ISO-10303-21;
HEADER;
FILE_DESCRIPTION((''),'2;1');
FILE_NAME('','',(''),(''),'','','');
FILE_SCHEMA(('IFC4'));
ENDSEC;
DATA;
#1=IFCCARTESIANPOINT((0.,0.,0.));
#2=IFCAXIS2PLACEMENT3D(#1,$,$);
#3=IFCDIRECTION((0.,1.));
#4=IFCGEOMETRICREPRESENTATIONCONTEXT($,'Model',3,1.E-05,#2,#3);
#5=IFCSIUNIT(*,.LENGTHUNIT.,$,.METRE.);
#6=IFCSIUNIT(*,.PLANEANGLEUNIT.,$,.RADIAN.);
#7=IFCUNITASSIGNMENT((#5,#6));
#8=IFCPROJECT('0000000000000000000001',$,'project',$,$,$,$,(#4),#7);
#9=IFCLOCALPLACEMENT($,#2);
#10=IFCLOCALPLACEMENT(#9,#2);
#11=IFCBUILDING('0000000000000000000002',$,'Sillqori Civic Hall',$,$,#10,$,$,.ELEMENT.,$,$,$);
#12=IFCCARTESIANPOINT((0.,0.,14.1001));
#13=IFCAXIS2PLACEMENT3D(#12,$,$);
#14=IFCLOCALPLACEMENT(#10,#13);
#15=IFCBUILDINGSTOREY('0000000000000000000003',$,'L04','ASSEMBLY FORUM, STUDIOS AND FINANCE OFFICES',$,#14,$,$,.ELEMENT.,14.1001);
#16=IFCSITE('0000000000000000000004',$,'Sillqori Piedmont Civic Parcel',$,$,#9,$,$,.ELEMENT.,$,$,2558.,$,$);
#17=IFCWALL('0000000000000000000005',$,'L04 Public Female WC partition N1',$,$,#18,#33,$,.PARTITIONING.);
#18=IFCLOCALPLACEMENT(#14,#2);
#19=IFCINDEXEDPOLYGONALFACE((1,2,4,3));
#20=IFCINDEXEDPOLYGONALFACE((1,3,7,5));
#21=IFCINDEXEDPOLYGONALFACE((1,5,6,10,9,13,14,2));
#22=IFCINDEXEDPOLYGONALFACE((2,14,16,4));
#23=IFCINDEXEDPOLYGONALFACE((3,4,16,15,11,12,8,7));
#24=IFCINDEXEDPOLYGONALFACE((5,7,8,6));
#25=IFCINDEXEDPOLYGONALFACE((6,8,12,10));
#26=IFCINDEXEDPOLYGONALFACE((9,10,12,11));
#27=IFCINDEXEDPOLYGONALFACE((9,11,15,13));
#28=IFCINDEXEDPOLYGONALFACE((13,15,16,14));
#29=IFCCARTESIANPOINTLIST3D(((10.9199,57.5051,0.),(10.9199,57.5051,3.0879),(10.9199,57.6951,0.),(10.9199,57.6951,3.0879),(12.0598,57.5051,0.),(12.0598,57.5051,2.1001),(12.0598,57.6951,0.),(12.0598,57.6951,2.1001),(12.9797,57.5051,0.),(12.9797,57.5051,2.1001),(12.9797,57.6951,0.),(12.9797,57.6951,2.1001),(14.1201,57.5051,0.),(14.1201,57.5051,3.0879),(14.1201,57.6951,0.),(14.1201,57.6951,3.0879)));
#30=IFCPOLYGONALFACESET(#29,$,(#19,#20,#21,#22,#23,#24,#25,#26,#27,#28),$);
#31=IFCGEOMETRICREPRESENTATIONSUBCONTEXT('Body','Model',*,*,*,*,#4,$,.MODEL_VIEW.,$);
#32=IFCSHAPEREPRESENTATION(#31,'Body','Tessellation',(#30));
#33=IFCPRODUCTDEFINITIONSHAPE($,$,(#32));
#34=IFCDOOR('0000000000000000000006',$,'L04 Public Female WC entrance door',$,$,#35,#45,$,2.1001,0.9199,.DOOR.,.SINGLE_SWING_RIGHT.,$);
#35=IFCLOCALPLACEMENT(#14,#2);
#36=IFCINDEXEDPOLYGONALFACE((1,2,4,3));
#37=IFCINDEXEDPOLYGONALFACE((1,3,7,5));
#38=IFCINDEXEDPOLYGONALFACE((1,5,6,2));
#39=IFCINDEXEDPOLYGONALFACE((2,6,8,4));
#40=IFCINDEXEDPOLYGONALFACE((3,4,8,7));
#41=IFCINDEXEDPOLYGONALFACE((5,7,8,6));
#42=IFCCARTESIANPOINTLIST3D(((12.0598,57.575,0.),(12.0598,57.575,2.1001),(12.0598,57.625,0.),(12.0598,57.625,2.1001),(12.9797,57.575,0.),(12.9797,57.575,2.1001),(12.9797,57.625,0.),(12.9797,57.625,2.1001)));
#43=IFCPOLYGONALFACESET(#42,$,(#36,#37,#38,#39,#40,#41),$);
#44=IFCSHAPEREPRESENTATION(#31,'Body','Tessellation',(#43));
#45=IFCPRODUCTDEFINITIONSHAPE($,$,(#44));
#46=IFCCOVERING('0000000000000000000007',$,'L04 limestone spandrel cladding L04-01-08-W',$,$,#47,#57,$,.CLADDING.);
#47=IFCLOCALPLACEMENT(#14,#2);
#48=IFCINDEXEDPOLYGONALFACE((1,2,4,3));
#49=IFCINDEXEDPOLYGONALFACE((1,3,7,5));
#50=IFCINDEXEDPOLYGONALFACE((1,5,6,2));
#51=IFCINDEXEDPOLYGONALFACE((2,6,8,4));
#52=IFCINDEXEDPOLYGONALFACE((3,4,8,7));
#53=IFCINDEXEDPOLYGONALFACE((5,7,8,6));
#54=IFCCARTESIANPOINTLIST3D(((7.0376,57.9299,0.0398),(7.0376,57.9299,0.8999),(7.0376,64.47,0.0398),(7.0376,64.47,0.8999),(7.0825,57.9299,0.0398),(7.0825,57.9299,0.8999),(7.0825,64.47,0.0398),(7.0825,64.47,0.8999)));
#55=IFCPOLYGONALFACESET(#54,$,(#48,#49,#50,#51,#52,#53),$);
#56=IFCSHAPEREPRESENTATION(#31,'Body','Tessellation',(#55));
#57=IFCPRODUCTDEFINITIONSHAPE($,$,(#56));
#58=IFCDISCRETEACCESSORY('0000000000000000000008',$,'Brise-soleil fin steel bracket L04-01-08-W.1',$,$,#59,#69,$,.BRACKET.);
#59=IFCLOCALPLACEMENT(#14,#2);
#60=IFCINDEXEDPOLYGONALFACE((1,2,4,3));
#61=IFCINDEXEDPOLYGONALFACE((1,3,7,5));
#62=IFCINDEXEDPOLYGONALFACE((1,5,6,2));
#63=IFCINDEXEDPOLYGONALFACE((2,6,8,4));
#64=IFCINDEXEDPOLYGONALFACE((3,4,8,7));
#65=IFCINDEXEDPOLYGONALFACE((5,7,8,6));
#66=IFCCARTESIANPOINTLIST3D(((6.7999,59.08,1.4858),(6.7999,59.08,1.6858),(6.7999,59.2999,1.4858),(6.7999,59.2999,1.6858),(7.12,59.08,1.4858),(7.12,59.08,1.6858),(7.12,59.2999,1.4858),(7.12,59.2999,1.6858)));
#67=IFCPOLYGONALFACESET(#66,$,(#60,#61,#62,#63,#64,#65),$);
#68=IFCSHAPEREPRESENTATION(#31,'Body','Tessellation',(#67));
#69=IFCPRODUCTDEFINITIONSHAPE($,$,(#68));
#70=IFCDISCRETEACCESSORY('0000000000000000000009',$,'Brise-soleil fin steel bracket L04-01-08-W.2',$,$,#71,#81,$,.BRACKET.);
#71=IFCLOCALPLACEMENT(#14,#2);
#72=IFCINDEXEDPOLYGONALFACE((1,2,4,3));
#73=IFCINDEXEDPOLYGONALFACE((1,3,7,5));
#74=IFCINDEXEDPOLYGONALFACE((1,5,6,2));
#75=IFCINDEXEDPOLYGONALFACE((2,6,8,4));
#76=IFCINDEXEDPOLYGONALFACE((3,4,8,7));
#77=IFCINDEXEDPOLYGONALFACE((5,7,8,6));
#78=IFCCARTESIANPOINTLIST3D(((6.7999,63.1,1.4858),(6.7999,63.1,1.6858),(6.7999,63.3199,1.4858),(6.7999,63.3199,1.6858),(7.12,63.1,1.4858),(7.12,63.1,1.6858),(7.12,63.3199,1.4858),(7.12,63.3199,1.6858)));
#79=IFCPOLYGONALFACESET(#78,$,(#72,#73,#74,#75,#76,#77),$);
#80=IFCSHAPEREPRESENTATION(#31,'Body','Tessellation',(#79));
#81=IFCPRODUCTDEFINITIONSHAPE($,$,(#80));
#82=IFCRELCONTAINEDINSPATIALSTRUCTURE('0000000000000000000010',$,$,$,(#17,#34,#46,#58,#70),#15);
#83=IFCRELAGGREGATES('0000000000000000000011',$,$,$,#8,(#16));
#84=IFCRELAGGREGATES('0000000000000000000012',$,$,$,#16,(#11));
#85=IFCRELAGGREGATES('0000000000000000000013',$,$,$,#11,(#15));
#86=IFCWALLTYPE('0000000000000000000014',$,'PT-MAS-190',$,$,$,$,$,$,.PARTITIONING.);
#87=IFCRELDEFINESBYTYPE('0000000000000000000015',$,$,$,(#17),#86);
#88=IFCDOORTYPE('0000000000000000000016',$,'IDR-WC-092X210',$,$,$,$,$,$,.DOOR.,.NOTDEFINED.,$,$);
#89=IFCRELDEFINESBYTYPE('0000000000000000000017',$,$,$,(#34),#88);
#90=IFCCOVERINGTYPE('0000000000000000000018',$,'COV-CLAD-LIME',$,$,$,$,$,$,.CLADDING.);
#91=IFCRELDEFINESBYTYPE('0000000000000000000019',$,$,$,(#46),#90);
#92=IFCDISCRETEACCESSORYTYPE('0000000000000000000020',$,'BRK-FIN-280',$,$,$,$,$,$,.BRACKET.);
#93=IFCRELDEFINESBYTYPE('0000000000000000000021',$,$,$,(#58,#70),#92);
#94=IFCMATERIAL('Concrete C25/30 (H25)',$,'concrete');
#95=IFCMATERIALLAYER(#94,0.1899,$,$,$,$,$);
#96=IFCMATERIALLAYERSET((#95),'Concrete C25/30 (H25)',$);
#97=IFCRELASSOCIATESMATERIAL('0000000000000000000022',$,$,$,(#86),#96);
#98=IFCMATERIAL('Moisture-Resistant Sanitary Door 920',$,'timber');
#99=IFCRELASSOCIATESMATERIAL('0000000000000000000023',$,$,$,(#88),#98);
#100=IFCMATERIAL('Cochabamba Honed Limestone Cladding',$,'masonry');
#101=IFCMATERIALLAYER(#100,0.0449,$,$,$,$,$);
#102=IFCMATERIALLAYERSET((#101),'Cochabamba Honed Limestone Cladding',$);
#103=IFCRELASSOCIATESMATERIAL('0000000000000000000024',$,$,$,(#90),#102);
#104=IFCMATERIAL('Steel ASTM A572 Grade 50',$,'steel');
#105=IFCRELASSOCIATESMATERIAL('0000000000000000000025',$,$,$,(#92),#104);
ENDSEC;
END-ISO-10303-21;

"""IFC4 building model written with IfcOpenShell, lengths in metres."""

from ifc_helpers import new_model, si_unit, direction, frame, frame_2d, origin, origin_2d, place, context, subcontext, project, spatial, rectangle, extrude, material, layer, layer_set, type_object, element, fill, save


model = new_model("IFC4")

# Units and contexts
model_context = context("Model", 3, precision=1e-05, world=origin(), true_north=direction((0.0, 1.0)))
body_context = subcontext(model_context, "Body", "Model", "MODEL_VIEW")
ifc_project = project(units=[si_unit("LENGTHUNIT", "METRE"), si_unit("PLANEANGLEUNIT", "RADIAN")], contexts=[model_context])

# Site, building, storey
site_placement = place(None, origin())
site = spatial("IfcSite", under=ifc_project, at=site_placement, Name="Sillqori Piedmont Civic Parcel", CompositionType="ELEMENT", RefElevation=2558.0)
building_placement = place(site_placement, origin())
building = spatial("IfcBuilding", under=site, at=building_placement, Name="Sillqori Civic Hall", CompositionType="ELEMENT")
storey_placement = place(building_placement, frame((0.0, 0.0, 14.1001)))
storey = spatial("IfcBuildingStorey", under=building, at=storey_placement, Name="L04", Description="ASSEMBLY FORUM, STUDIOS AND FINANCE OFFICES", CompositionType="ELEMENT", Elevation=14.1001)

# Wall, opening, door
ifc_material_1 = material(Name="Concrete C25/30 (H25)", Category="concrete")
ifc_layer_1 = layer(ifc_material_1, 0.1899)
ifc_layer_set_1 = layer_set([ifc_layer_1], Name="Concrete C25/30 (H25)")
wall_type_1 = type_object("IfcWallType", Name="PT-MAS-190", PredefinedType="PARTITIONING", material=ifc_layer_set_1)
wall_1_placement = place(storey_placement, frame((10.9199, 57.6001, 0.0), z_axis=(0.0, 0.0, 1.0), x_axis=(1.0, 0.0, 0.0)))
wall_1 = element("IfcWall", 1, at=wall_1_placement, inside=storey, type_object=wall_type_1, Name="L04 Public Female WC partition N1", PredefinedType="PARTITIONING", context=body_context, shape_type="SweptSolid", body=[
    extrude(rectangle(XDim=3.2002, YDim=0.1899, at=frame_2d((1.6001, 0.0))), origin(), (0.0, 0.0, 1.0), 3.0879),
])
opening_1_placement = place(wall_1_placement, frame((1.1399, 0.0, 0.0)))
opening_1 = element("IfcOpeningElement", 2, at=opening_1_placement, cuts=wall_1, PredefinedType="OPENING", context=body_context, shape_type="SweptSolid", body=[
    extrude(rectangle(XDim=0.9199, YDim=2.1001, at=frame_2d((0.46, 1.05))), frame((0.0, 0.105, 0.0), z_axis=(0.0, -1.0, 0.0), x_axis=(1.0, 0.0, 0.0)), (0.0, 0.0, 1.0), 0.21),
])
ifc_material_2 = material(Name="Moisture-Resistant Sanitary Door 920", Category="timber")
door_type_1 = type_object("IfcDoorType", Name="IDR-WC-092X210", OperationType="NOTDEFINED", PredefinedType="DOOR", material=ifc_material_2)
door_1_placement = place(opening_1_placement, origin())
door_1 = element("IfcDoor", 3, at=door_1_placement, inside=storey, type_object=door_type_1, Name="L04 Public Female WC entrance door", OperationType="SINGLE_SWING_RIGHT", OverallHeight=2.1001, OverallWidth=0.9199, PredefinedType="DOOR", context=body_context, shape_type="SweptSolid", body=[
    extrude(rectangle(XDim=0.9199, YDim=2.1001, at=frame_2d((0.46, 1.05))), frame((0.0, 0.0249, 0.0), z_axis=(0.0, -1.0, 0.0), x_axis=(1.0, 0.0, 0.0)), (0.0, 0.0, 1.0), 0.05),
])
fill(opening_1, door_1)

# Covering
ifc_material_3 = material(Name="Cochabamba Honed Limestone Cladding", Category="masonry")
ifc_layer_2 = layer(ifc_material_3, 0.0449)
ifc_layer_set_2 = layer_set([ifc_layer_2], Name="Cochabamba Honed Limestone Cladding")
covering_type = type_object("IfcCoveringType", Name="COV-CLAD-LIME", PredefinedType="CLADDING", material=ifc_layer_set_2)
covering_placement = place(storey_placement, frame((7.0601, 57.9299, 0.0398), z_axis=(0.0, 0.0, 1.0), x_axis=(0.0, 1.0, 0.0)))
element("IfcCovering", 4, at=covering_placement, inside=storey, type_object=covering_type, Name="L04 limestone spandrel cladding L04-01-08-W", PredefinedType="CLADDING", context=body_context, shape_type="SweptSolid", body=[
    extrude(rectangle(XDim=6.54, YDim=0.0449, at=frame_2d((3.27, 0.0))), origin(), (0.0, 0.0, 1.0), 0.8601),
])

# Discrete accessories
ifc_material_4 = material(Name="Steel ASTM A572 Grade 50", Category="steel")
discrete_accessory_type = type_object("IfcDiscreteAccessoryType", Name="BRK-FIN-280", PredefinedType="BRACKET", material=ifc_material_4)
for number, where, z_axis, x_axis, name in (
    (5, (6.96, 59.1899, 1.4858), (0.0, 0.0, 1.0), (0.0, 1.0, 0.0), "Brise-soleil fin steel bracket L04-01-08-W.1"),
    (6, (6.96, 63.21, 1.4858), (0.0, 0.0, 1.0), (0.0, 1.0, 0.0), "Brise-soleil fin steel bracket L04-01-08-W.2"),
):
    element("IfcDiscreteAccessory", number, at=place(storey_placement, frame(where, z_axis=z_axis, x_axis=x_axis)), inside=storey, type_object=discrete_accessory_type, Name=name, PredefinedType="BRACKET", context=body_context, shape_type="SweptSolid", body=[
        extrude(rectangle(XDim=0.22, YDim=0.3201, at=origin_2d()), origin(), (0.0, 0.0, 1.0), 0.2),
    ])

save(model, "model.ifc")
